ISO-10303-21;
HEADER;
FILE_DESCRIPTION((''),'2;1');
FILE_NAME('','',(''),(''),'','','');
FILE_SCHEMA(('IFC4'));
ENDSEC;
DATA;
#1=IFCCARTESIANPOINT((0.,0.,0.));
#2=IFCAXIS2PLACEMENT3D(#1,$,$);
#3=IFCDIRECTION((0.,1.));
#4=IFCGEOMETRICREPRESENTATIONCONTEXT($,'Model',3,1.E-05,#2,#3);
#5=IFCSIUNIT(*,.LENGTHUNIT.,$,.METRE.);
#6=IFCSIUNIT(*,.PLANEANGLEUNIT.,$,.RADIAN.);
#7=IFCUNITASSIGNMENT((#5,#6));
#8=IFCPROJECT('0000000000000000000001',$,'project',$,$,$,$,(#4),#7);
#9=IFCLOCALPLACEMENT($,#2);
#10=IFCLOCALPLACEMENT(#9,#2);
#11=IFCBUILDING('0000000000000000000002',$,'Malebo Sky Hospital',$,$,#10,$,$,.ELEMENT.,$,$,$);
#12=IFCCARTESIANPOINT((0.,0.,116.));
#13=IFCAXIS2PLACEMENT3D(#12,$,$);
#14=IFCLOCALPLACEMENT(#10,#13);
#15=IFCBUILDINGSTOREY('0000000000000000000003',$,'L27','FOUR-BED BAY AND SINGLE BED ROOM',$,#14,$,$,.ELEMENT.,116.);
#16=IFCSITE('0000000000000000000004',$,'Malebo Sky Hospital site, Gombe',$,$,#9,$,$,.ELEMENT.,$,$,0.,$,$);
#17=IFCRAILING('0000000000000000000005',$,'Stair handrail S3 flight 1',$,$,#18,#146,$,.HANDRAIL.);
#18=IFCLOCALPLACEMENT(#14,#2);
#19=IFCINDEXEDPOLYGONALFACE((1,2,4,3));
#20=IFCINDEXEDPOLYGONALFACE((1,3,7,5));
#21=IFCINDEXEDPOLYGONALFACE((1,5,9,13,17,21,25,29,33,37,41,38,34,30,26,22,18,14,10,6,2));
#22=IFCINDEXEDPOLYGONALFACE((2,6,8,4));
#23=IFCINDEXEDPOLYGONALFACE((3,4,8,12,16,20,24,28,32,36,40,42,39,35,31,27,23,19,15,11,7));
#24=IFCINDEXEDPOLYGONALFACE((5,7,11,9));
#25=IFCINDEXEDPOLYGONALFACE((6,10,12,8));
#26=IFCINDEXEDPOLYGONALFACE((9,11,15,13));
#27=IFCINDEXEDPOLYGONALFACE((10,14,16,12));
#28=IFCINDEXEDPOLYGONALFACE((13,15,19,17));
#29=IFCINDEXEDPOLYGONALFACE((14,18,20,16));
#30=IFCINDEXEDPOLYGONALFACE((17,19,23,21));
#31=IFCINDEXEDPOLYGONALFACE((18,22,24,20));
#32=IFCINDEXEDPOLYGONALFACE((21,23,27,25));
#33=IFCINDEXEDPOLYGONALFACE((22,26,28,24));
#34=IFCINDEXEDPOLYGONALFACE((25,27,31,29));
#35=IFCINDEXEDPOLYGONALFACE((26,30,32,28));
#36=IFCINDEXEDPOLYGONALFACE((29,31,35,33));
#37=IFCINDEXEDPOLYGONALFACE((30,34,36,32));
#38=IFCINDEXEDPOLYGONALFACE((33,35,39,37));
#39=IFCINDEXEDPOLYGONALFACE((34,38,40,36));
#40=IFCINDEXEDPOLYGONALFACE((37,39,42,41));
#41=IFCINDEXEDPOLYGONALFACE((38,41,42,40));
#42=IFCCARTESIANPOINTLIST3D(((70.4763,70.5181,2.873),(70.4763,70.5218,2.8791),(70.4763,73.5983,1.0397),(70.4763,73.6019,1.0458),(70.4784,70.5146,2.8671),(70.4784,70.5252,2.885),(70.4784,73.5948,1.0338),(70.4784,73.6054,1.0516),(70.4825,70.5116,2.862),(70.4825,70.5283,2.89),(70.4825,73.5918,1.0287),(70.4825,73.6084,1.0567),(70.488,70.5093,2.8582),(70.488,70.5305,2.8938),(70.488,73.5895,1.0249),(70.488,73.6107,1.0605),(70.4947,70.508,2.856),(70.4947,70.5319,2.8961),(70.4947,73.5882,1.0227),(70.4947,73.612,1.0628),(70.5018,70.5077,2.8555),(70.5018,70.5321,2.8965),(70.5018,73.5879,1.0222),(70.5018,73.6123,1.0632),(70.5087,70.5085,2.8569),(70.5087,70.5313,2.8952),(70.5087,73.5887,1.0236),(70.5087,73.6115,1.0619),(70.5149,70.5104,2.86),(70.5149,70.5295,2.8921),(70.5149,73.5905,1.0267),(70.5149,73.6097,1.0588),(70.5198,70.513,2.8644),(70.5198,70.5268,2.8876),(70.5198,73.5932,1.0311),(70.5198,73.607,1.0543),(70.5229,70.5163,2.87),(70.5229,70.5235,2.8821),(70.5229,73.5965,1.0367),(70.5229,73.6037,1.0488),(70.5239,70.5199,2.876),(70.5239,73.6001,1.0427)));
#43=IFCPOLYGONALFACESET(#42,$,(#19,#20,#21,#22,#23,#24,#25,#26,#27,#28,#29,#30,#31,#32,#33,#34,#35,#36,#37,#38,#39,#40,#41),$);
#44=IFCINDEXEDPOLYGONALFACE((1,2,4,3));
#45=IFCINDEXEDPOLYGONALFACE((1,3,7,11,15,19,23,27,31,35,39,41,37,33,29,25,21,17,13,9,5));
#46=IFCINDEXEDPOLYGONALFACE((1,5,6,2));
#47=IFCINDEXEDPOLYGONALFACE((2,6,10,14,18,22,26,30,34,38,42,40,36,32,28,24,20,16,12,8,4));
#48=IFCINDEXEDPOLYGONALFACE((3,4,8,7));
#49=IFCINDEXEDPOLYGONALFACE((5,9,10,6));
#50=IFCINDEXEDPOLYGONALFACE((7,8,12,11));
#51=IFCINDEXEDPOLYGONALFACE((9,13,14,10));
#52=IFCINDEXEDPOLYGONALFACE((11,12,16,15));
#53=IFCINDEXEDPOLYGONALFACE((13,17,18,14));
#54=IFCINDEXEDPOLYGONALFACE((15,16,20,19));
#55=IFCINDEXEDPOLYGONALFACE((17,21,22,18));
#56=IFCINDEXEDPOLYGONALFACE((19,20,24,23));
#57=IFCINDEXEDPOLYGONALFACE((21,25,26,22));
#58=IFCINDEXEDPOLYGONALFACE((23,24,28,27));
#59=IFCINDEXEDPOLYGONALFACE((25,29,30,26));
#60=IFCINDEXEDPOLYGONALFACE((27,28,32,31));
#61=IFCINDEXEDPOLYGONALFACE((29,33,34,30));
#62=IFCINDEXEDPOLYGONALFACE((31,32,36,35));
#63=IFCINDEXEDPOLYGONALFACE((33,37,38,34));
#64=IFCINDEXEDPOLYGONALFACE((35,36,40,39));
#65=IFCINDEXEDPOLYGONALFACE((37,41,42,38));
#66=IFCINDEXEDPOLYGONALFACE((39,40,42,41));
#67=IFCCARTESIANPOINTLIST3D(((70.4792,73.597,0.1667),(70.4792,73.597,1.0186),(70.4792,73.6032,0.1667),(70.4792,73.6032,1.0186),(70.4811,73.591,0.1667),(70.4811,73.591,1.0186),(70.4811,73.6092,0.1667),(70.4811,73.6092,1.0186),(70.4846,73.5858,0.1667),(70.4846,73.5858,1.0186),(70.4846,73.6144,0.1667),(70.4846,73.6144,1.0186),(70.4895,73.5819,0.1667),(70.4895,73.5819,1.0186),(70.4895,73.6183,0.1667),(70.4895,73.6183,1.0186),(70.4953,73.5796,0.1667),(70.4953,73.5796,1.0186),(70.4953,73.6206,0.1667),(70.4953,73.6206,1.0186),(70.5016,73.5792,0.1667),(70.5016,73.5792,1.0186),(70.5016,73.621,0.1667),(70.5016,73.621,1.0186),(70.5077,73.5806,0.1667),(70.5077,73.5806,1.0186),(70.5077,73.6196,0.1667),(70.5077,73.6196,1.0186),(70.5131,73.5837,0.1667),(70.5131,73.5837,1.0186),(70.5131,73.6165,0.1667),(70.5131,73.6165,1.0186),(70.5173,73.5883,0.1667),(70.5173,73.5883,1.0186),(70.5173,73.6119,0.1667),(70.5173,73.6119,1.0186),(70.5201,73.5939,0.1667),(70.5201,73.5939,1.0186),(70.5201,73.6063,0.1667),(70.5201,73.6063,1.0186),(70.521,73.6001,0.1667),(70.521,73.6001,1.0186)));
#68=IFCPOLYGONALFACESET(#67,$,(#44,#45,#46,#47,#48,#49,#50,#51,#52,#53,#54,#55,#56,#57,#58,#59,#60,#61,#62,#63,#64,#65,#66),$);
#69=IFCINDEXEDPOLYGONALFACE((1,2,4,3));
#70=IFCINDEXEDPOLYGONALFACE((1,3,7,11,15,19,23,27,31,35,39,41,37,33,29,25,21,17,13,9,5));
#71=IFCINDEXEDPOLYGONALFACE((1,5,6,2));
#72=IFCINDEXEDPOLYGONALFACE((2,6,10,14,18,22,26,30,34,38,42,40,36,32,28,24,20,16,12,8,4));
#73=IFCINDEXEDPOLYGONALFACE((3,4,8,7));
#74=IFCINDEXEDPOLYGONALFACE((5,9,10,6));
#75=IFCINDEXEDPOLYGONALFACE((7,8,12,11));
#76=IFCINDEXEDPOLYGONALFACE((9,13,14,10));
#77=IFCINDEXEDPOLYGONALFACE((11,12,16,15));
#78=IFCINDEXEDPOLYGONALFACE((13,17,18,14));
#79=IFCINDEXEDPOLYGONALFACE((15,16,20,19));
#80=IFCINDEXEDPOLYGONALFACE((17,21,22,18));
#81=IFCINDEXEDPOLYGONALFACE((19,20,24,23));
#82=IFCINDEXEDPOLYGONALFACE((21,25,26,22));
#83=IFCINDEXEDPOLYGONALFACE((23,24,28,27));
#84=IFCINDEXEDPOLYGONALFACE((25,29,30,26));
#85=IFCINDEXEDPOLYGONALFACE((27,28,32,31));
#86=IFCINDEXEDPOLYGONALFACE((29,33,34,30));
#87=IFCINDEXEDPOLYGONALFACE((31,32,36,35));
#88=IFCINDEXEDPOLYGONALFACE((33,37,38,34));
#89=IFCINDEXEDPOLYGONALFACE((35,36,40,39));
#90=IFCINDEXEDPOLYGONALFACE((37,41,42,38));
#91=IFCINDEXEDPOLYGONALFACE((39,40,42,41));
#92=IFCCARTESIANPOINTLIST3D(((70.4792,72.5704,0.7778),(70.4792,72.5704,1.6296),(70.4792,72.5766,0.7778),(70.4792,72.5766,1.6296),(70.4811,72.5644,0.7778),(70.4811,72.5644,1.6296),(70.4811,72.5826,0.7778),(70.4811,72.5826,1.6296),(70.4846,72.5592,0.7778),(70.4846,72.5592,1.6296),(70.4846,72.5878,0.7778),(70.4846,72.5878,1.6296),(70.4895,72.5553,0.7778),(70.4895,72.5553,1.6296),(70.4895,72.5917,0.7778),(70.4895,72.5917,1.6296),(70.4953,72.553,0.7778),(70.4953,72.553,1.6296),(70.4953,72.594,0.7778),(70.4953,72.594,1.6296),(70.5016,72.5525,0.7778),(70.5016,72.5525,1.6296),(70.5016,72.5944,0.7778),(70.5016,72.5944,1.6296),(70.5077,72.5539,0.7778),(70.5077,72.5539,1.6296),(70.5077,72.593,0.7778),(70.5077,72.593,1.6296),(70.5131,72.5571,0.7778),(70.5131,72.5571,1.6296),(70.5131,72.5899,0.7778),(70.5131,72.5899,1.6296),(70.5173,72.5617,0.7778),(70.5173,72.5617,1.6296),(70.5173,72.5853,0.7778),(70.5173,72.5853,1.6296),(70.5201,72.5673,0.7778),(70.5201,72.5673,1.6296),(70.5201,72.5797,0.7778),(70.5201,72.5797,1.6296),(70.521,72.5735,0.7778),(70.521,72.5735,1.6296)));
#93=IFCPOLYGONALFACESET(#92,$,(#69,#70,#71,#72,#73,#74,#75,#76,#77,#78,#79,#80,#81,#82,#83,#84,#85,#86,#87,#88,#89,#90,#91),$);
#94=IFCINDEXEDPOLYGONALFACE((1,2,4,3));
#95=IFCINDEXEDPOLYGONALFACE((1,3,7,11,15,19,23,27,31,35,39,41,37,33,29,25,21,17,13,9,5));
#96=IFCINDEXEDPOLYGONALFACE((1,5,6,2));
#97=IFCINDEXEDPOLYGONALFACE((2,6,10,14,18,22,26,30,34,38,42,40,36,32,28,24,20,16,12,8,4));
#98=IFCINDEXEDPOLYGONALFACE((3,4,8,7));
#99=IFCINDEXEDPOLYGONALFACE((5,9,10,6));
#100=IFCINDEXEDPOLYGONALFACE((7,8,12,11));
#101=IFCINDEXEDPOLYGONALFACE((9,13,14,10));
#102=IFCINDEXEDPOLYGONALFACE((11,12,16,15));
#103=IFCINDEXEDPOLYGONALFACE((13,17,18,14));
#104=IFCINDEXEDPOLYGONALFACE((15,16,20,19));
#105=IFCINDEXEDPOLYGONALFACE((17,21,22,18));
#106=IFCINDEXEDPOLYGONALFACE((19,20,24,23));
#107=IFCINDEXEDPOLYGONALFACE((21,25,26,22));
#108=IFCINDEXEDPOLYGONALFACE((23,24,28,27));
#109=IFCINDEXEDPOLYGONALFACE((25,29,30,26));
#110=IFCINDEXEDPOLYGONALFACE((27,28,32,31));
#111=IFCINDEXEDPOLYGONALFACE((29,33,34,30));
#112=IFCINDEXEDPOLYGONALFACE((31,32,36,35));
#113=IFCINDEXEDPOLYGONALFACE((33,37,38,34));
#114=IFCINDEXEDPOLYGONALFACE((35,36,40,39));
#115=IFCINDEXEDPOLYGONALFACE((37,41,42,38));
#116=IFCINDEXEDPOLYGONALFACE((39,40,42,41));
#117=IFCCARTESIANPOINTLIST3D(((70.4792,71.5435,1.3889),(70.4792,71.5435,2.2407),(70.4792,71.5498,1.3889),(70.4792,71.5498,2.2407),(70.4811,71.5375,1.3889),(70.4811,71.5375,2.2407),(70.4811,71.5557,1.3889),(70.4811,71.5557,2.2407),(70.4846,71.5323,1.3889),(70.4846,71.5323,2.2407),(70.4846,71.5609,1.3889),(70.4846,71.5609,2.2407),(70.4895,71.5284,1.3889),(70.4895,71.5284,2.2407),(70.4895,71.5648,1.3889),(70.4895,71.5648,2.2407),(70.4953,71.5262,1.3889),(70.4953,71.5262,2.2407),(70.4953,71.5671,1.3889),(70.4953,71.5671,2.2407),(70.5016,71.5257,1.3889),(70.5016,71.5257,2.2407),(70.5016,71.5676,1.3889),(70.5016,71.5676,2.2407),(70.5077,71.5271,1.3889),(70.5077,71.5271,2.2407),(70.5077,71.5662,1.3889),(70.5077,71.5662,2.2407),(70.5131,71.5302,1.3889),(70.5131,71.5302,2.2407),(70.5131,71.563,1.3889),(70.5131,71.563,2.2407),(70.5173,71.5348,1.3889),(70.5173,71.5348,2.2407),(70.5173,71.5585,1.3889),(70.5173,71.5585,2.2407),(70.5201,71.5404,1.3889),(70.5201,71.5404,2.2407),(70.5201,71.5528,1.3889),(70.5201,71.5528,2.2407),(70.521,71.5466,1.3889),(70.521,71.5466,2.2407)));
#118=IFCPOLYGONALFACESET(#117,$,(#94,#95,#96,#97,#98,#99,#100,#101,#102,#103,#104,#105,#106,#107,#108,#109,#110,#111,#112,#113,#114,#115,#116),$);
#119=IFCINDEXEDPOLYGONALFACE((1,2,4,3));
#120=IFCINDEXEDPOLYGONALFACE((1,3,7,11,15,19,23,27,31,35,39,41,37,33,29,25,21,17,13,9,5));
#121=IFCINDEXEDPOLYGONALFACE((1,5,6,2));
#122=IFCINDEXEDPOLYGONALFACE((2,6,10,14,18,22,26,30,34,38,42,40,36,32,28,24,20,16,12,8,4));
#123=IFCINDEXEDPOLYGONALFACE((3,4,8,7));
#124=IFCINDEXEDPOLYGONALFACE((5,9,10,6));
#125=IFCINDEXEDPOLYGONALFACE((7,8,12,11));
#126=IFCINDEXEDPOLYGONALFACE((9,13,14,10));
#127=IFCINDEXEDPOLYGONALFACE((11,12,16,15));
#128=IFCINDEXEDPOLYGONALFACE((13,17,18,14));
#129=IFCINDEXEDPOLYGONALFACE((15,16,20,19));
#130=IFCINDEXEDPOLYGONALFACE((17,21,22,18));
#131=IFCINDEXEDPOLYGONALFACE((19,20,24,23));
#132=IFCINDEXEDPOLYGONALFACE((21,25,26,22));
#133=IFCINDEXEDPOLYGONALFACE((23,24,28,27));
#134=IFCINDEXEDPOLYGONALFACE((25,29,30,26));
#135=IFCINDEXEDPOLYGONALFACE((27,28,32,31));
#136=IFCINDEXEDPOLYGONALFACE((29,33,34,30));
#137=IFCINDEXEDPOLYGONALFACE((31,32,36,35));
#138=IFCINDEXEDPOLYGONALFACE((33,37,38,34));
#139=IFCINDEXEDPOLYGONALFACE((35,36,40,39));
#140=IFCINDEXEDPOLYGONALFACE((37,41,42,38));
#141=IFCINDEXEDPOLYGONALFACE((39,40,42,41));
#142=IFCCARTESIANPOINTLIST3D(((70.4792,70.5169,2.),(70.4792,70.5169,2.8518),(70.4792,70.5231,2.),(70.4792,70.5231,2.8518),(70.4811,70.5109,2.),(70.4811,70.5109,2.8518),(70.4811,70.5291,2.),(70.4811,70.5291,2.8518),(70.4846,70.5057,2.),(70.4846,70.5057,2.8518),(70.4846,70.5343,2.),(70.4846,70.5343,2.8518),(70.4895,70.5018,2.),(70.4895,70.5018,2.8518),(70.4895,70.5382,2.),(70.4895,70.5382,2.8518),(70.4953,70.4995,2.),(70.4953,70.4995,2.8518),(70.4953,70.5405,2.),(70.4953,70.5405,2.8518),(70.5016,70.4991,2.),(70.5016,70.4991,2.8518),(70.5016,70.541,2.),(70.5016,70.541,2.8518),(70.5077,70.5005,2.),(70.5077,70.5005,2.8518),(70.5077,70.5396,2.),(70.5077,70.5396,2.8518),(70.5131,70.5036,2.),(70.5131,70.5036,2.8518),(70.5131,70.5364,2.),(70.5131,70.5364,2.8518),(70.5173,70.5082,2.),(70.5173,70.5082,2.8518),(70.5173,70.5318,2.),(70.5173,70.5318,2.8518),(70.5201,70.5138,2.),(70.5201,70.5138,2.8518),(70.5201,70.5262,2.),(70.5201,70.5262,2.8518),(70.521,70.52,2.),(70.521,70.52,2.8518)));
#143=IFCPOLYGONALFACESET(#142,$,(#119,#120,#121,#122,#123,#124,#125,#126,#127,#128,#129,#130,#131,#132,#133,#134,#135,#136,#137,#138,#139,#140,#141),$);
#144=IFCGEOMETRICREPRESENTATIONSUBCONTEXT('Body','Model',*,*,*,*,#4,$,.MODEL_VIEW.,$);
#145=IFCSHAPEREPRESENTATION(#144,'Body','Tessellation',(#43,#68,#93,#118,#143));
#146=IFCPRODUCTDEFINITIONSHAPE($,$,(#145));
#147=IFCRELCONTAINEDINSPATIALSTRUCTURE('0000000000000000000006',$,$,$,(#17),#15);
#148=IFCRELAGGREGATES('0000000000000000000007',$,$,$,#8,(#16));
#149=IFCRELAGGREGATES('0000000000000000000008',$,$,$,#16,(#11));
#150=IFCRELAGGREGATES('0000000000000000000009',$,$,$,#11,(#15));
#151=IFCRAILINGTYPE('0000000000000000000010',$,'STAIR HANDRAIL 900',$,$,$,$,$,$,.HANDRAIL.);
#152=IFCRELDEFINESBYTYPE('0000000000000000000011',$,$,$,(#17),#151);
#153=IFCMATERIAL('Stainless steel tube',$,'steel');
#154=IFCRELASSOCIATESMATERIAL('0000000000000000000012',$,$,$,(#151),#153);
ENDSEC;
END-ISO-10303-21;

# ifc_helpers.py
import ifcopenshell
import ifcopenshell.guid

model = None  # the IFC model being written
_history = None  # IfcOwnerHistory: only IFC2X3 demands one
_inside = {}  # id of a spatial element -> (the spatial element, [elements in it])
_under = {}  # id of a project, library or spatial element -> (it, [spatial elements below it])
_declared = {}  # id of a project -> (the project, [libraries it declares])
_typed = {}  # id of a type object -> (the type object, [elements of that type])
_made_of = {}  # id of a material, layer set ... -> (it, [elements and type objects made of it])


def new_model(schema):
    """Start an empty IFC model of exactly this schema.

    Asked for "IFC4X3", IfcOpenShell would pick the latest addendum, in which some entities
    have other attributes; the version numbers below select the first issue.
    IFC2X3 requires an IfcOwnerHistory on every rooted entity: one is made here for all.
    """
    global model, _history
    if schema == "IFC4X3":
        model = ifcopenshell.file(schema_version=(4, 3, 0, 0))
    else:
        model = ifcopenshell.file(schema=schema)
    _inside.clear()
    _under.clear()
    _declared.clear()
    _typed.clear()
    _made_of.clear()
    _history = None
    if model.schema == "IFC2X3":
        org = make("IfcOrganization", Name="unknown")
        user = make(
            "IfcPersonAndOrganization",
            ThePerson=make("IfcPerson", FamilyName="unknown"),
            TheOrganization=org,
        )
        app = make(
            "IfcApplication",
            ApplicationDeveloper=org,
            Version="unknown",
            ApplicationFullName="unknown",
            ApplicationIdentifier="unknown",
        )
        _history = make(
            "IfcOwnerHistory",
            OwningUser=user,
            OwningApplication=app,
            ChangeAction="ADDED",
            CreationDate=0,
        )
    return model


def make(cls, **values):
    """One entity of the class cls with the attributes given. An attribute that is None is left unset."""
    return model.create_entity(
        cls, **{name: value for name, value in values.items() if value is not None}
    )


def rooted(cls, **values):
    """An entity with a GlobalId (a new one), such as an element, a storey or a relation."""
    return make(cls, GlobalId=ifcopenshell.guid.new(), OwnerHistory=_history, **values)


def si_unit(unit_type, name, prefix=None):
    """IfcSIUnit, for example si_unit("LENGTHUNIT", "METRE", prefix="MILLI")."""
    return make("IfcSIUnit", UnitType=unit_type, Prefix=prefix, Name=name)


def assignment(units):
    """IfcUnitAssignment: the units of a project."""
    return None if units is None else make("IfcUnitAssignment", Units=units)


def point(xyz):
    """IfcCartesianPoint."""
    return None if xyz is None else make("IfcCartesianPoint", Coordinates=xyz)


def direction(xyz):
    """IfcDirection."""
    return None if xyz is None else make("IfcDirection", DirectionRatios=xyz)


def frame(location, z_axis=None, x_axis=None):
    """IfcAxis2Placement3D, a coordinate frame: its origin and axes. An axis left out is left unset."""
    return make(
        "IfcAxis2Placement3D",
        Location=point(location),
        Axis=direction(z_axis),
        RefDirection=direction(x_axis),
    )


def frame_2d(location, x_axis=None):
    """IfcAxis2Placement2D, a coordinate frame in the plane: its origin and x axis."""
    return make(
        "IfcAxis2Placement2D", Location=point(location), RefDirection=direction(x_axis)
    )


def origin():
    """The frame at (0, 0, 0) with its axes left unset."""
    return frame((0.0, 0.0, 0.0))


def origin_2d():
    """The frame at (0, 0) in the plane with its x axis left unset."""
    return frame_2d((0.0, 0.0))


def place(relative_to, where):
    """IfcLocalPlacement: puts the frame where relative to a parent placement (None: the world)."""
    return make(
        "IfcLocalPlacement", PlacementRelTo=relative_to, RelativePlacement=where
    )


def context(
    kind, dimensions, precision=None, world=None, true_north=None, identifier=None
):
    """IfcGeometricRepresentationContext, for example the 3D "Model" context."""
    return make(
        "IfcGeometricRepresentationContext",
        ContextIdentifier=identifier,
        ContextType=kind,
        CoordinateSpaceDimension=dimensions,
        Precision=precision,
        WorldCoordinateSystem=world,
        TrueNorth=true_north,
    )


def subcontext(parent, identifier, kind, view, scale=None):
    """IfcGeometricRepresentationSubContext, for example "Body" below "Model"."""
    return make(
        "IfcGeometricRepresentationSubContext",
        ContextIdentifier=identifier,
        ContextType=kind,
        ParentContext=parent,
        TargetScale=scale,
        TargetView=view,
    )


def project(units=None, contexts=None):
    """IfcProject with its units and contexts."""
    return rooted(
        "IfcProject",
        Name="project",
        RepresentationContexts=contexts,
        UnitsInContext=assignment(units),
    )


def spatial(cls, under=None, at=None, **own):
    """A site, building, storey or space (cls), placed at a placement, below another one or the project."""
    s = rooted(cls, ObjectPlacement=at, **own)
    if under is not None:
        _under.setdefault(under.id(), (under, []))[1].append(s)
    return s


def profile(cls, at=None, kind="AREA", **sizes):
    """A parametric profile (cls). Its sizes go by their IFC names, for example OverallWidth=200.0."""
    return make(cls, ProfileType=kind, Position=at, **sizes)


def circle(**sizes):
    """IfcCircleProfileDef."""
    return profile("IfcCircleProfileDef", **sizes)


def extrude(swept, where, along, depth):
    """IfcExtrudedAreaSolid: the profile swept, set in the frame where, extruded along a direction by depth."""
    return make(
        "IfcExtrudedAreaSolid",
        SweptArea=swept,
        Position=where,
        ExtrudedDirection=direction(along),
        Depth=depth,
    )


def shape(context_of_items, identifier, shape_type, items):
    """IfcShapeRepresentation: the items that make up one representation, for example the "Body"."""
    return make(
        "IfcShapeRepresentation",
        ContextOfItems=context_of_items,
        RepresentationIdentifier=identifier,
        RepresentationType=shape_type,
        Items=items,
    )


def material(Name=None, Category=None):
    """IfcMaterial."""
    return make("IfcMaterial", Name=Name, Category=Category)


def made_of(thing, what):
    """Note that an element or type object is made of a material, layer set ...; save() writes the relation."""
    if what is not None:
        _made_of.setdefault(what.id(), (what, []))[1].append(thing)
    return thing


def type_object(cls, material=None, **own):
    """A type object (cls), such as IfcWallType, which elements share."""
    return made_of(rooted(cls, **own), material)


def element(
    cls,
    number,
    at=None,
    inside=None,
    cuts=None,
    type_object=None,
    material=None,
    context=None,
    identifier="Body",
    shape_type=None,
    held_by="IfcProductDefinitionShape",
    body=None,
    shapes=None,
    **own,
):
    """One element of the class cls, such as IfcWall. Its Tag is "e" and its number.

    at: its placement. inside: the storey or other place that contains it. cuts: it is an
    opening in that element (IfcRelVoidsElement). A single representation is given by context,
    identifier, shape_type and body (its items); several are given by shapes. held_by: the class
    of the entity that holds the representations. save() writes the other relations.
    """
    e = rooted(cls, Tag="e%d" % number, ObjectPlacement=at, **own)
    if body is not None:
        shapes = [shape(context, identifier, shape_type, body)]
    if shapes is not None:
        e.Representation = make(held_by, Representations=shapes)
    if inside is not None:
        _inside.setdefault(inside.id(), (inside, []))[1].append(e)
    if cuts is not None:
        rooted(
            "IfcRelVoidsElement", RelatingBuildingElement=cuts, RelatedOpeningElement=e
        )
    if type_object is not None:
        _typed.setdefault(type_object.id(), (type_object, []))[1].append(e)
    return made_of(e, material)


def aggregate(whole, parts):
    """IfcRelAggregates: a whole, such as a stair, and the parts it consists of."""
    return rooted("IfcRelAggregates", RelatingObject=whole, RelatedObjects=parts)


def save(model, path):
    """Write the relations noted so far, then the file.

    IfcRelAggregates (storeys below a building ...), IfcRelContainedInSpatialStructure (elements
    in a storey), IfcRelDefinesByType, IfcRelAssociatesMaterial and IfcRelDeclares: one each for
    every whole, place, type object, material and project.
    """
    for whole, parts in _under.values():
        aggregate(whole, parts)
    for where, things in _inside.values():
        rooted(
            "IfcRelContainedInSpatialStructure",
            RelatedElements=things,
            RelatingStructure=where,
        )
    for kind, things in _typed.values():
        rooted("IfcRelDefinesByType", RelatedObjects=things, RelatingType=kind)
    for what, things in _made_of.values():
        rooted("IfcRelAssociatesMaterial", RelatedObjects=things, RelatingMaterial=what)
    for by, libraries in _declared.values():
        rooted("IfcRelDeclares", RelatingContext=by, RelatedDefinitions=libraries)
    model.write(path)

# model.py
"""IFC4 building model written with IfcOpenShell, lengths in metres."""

from ifc_helpers import new_model, si_unit, direction, frame, origin, origin_2d, place, context, subcontext, project, spatial, circle, extrude, material, type_object, element, save


model = new_model("IFC4")

# Units and contexts
model_context = context("Model", 3, precision=1e-05, world=origin(), true_north=direction((0.0, 1.0)))
body_context = subcontext(model_context, "Body", "Model", "MODEL_VIEW")
ifc_project = project(units=[si_unit("LENGTHUNIT", "METRE"), si_unit("PLANEANGLEUNIT", "RADIAN")], contexts=[model_context])

# Site, building, storey
site_placement = place(None, origin())
site = spatial("IfcSite", under=ifc_project, at=site_placement, Name="Malebo Sky Hospital site, Gombe", CompositionType="ELEMENT", RefElevation=0.0)
building_placement = place(site_placement, origin())
building = spatial("IfcBuilding", under=site, at=building_placement, Name="Malebo Sky Hospital", CompositionType="ELEMENT")
storey_placement = place(building_placement, frame((0.0, 0.0, 116.0)))
storey = spatial("IfcBuildingStorey", under=building, at=storey_placement, Name="L27", Description="FOUR-BED BAY AND SINGLE BED ROOM", CompositionType="ELEMENT", Elevation=116.0)

# Railing
ifc_material_1 = material(Name="Stainless steel tube", Category="steel")
railing_type = type_object("IfcRailingType", Name="STAIR HANDRAIL 900", PredefinedType="HANDRAIL", material=ifc_material_1)
railing_1_placement = place(storey_placement, frame((70.5, 73.6001, 0.1667)))
element("IfcRailing", 1, at=railing_1_placement, inside=storey, type_object=railing_type, Name="Stair handrail S3 flight 1", PredefinedType="HANDRAIL", context=body_context, shape_type="SweptSolid", body=[
    extrude(circle(Radius=0.0239, at=origin_2d()), frame((0.0, 0.0, 0.876), z_axis=(0.0, -0.859309, 0.511458), x_axis=(1.0, 0.0, 0.0)), (0.0, 0.0, 1.0), 3.5845),
    extrude(circle(Radius=0.021, at=origin_2d()), origin(), (0.0, 0.0, 1.0), 0.8518),
    extrude(circle(Radius=0.021, at=origin_2d()), frame((0.0, -1.0266, 0.6111)), (0.0, 0.0, 1.0), 0.8518),
    extrude(circle(Radius=0.021, at=origin_2d()), frame((0.0, -2.0535, 1.2222)), (0.0, 0.0, 1.0), 0.8518),
    extrude(circle(Radius=0.021, at=origin_2d()), frame((0.0, -3.0801, 1.8333)), (0.0, 0.0, 1.0), 0.8518),
])

save(model, "model.ifc")
